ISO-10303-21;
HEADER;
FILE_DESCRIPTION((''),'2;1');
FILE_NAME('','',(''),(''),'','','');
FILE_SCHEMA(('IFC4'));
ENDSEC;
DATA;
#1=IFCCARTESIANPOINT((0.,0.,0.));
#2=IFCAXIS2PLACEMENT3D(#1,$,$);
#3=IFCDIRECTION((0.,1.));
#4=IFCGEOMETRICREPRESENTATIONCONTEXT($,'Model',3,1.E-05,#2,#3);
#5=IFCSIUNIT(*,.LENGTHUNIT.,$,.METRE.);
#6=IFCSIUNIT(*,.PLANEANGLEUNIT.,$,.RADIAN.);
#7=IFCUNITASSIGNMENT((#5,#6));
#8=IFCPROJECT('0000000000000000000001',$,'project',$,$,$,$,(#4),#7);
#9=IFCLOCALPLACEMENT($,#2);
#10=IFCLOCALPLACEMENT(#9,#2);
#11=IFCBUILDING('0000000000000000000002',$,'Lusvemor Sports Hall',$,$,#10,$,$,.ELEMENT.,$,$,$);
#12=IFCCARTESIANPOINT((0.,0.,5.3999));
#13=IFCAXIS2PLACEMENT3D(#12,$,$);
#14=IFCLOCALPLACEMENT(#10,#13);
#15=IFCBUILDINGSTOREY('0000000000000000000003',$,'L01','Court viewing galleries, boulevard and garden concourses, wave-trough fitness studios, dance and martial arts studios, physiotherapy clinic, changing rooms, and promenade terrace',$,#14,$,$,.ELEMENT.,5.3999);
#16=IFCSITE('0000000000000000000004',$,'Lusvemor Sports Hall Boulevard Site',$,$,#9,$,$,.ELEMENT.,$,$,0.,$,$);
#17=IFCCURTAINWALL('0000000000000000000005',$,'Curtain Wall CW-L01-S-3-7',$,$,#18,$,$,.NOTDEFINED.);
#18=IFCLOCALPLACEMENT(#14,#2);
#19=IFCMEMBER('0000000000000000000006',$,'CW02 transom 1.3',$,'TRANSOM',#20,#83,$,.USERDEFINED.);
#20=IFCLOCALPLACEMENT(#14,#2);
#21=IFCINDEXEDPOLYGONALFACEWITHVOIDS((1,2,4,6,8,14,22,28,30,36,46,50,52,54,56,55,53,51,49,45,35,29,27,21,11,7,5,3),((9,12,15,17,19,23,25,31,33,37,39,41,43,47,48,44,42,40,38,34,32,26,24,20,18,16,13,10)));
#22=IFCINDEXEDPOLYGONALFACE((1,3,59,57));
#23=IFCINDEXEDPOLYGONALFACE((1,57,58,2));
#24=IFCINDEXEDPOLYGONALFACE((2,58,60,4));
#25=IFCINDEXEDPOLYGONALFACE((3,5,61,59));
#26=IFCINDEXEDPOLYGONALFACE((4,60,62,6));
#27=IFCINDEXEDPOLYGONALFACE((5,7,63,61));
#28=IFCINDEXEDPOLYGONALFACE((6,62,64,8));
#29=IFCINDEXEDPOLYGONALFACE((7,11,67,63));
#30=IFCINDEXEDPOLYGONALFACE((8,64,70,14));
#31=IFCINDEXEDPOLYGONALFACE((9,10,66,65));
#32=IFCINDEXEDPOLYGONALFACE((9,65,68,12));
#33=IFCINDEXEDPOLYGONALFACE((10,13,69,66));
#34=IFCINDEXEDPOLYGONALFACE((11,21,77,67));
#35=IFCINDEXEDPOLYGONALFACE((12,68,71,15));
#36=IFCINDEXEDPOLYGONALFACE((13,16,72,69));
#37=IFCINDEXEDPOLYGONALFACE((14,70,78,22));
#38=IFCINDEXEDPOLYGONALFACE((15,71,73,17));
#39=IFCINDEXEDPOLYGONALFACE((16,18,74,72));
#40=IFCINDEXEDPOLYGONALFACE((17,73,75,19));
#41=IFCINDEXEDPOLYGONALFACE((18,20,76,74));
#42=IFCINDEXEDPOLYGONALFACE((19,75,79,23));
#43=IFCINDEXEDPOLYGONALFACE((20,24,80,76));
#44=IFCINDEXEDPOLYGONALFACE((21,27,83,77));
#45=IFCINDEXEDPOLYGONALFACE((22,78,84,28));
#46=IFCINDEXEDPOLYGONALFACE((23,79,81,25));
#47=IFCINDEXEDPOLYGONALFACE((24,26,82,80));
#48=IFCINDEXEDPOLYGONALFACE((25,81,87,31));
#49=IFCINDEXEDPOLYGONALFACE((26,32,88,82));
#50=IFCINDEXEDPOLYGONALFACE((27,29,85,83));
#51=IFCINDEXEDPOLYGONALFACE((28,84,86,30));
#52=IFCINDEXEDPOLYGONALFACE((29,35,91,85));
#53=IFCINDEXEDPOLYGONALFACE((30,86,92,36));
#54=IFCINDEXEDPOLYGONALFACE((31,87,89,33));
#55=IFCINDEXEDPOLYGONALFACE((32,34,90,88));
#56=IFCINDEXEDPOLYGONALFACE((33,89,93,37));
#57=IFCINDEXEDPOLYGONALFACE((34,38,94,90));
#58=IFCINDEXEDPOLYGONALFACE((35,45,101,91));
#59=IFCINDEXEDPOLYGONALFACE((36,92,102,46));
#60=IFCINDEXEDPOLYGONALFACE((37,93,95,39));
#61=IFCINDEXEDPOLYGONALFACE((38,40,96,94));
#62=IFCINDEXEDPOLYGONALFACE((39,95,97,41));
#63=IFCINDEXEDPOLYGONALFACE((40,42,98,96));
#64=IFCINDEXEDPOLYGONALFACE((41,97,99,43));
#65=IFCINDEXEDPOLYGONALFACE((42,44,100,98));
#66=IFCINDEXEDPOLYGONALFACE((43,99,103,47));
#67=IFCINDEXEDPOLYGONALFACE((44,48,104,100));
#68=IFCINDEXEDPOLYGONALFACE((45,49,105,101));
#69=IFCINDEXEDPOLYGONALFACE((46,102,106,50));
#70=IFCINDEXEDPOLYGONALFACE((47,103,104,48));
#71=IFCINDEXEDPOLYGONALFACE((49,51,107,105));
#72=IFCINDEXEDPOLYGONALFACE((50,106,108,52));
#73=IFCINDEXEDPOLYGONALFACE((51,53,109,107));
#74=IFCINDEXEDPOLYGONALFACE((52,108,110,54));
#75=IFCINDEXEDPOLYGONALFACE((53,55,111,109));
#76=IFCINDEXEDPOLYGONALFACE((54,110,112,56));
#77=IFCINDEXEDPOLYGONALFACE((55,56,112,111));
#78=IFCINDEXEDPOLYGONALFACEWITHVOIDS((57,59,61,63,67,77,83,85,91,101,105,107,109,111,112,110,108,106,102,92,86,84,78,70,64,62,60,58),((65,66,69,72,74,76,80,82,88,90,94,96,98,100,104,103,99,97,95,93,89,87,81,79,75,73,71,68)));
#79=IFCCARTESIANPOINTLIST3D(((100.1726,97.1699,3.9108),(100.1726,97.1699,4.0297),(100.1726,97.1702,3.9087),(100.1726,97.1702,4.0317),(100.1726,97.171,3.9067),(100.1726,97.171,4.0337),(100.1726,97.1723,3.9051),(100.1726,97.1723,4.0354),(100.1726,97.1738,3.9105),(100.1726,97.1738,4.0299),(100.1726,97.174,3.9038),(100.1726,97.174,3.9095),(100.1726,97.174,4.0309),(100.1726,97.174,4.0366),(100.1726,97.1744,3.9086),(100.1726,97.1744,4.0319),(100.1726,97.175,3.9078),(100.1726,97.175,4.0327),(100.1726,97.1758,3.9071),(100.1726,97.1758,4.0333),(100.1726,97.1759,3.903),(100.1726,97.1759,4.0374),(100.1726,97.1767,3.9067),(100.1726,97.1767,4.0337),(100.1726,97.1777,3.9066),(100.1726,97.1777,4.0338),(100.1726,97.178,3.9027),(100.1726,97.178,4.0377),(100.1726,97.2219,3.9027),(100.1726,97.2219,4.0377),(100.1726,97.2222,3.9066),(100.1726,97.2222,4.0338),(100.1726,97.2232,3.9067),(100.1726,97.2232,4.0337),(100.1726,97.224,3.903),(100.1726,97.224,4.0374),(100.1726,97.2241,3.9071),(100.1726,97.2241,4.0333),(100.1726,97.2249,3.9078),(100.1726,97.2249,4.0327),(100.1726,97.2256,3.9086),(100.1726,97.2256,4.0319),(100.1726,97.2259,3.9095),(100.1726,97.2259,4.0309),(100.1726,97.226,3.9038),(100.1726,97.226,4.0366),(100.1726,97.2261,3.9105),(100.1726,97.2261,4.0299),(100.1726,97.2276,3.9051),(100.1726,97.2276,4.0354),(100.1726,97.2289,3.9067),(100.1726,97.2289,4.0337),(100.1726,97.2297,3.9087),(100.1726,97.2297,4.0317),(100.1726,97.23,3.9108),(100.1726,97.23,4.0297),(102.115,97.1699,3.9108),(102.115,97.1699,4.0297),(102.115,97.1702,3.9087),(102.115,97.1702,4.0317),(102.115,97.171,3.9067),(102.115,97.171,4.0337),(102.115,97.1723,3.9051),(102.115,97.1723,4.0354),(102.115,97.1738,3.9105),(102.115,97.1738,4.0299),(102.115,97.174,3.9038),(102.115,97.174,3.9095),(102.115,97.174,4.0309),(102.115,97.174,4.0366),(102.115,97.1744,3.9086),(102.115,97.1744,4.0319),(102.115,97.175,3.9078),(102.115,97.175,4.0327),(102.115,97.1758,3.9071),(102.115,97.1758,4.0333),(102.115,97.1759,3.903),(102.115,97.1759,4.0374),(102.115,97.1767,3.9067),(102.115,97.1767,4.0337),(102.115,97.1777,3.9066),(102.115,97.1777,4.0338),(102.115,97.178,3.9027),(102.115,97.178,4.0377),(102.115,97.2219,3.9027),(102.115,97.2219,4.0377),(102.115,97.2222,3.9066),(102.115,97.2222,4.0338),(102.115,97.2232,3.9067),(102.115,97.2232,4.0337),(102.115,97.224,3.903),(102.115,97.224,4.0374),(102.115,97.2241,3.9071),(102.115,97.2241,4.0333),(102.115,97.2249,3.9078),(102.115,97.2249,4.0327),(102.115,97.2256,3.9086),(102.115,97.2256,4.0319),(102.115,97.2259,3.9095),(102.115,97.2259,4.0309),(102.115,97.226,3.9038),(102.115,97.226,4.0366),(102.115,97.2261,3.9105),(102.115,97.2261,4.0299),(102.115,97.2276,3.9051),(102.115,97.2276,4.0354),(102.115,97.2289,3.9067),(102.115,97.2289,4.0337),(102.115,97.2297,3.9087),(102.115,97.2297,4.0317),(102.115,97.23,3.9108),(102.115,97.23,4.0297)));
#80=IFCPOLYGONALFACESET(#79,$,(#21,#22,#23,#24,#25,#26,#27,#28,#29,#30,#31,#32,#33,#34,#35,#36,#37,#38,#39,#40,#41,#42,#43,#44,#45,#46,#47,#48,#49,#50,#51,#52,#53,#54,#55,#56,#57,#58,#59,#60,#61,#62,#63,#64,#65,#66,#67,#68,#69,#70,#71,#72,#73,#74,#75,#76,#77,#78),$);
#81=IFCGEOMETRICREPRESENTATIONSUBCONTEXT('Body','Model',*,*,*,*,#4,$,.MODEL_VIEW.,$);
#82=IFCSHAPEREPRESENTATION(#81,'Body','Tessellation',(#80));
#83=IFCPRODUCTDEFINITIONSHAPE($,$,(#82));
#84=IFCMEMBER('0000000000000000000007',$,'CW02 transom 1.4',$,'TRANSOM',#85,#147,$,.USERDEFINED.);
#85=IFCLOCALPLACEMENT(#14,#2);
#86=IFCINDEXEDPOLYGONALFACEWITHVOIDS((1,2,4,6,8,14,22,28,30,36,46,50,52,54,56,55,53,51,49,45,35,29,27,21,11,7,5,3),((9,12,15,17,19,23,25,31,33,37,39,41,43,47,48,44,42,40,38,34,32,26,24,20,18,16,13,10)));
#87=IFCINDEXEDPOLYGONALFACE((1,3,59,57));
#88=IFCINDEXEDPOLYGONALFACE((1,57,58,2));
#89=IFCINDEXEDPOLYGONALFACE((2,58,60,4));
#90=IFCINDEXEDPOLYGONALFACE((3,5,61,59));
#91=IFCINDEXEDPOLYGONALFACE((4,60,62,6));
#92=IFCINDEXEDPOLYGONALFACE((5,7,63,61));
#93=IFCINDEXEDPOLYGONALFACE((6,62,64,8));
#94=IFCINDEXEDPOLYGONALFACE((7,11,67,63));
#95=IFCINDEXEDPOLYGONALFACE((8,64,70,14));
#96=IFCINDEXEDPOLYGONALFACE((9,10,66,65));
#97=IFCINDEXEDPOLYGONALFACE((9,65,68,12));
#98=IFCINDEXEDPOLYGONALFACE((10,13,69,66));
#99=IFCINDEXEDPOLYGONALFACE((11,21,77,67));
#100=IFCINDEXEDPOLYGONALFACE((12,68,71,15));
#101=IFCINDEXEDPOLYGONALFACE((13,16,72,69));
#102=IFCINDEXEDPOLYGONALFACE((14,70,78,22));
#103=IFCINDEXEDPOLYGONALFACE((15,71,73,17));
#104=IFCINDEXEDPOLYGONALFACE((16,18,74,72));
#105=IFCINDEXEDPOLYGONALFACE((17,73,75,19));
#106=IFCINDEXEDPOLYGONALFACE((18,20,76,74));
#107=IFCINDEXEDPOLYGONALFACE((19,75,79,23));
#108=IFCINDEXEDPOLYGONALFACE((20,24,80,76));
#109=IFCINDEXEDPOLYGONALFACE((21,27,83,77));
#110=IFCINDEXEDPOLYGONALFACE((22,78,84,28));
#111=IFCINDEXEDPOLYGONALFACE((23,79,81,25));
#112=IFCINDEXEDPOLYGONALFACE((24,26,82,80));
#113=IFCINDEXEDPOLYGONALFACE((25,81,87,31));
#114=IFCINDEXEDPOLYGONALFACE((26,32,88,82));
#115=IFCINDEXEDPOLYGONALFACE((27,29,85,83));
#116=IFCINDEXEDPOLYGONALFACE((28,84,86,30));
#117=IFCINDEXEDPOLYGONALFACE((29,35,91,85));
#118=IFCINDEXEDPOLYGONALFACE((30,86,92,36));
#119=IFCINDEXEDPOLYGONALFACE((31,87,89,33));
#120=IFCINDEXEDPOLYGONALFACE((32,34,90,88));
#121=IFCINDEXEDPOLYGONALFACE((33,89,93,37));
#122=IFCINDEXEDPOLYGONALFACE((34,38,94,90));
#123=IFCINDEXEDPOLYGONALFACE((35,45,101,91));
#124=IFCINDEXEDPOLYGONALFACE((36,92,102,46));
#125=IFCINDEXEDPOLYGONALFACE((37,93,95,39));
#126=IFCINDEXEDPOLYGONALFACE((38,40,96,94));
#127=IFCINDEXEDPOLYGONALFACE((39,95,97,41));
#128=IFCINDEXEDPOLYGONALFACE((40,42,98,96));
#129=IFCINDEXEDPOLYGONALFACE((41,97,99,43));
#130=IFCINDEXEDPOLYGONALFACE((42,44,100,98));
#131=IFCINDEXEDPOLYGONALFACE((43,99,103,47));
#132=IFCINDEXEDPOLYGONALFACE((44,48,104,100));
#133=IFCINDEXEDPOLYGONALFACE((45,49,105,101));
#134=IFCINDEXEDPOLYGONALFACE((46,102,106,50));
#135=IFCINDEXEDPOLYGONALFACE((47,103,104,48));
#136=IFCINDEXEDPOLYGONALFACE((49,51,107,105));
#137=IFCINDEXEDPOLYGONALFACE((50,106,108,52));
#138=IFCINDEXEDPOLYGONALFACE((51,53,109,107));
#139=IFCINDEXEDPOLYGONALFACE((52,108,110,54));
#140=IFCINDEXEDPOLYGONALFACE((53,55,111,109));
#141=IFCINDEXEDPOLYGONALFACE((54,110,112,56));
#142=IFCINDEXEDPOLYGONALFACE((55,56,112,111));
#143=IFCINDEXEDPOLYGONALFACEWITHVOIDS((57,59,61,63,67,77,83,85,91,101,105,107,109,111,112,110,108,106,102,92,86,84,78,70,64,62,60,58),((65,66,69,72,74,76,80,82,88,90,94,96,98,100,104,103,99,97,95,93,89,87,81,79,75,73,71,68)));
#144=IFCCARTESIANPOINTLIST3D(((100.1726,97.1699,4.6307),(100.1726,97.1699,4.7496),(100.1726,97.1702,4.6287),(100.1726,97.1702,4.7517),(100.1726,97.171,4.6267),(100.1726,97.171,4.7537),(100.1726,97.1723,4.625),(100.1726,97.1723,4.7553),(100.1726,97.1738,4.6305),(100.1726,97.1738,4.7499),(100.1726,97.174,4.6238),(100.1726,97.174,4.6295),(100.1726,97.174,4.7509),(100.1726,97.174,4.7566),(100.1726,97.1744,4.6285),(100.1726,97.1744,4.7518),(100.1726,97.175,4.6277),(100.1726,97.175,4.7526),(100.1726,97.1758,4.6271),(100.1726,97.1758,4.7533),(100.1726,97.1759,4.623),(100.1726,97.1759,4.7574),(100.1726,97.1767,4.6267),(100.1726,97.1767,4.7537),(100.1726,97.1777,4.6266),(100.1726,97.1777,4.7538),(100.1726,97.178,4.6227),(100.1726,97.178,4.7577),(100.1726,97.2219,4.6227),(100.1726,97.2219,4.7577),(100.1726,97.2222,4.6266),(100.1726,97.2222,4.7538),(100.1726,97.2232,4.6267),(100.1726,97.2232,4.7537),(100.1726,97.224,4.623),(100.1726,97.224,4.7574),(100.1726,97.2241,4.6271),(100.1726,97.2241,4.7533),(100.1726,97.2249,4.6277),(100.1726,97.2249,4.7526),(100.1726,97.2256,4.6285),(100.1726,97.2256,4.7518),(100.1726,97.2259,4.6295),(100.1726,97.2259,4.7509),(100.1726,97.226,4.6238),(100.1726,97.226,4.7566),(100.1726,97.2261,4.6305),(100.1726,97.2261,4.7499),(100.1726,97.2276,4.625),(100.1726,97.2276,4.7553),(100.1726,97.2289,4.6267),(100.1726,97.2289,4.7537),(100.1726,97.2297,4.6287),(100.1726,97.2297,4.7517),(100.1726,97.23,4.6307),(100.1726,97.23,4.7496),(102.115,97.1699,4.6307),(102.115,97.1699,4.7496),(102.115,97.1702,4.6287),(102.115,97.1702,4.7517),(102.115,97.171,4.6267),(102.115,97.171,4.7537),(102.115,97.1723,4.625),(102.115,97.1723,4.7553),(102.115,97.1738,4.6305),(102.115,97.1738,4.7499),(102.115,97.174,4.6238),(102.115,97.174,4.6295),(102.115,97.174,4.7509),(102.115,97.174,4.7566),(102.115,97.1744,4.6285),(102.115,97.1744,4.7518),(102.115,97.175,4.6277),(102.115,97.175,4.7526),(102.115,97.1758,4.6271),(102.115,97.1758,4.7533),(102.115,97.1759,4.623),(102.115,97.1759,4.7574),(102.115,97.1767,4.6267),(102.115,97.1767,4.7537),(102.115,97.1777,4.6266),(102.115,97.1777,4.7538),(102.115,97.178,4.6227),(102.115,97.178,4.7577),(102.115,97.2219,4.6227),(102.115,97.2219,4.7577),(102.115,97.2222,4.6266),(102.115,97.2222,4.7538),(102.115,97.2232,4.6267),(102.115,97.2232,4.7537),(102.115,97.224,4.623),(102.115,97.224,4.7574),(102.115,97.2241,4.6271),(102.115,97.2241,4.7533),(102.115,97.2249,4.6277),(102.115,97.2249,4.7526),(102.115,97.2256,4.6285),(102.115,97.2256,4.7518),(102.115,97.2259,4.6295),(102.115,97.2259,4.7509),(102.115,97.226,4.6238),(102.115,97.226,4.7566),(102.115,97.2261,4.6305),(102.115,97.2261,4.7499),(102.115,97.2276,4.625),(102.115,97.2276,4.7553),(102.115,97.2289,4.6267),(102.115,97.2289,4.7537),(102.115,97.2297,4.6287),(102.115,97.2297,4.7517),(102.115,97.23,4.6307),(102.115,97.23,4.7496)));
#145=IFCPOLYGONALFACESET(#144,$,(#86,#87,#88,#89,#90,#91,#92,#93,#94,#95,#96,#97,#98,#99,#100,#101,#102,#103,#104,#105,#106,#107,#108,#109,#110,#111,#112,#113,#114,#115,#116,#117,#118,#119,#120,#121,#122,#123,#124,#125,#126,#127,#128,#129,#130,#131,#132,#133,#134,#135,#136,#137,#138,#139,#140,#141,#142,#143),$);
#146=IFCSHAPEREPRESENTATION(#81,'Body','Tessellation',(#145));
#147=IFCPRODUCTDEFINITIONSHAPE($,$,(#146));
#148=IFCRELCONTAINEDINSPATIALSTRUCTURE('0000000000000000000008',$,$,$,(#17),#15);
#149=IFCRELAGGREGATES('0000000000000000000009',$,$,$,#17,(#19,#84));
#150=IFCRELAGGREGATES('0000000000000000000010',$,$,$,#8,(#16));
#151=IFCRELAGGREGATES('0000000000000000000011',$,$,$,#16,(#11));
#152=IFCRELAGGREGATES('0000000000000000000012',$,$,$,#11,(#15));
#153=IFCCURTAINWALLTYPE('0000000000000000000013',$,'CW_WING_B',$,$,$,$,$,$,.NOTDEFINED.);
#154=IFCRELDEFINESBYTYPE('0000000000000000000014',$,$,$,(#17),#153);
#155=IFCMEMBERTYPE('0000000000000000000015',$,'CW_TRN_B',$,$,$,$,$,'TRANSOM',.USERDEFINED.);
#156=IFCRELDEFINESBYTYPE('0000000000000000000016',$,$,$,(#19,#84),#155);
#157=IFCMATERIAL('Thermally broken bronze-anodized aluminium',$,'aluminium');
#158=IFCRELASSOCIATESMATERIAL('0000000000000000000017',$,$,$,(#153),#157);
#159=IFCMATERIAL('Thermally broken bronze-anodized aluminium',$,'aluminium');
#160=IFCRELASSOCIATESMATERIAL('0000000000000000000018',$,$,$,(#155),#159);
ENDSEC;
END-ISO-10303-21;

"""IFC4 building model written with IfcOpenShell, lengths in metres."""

from ifc_helpers import new_model, si_unit, direction, frame, origin, origin_2d, place, context, subcontext, project, spatial, hollow_rectangle, extrude, material, material_profile, profile_set, type_object, element, aggregate, save


model = new_model("IFC4")

# Units and contexts
model_context = context("Model", 3, precision=1e-05, world=origin(), true_north=direction((0.0, 1.0)))
body_context = subcontext(model_context, "Body", "Model", "MODEL_VIEW")
ifc_project = project(units=[si_unit("LENGTHUNIT", "METRE"), si_unit("PLANEANGLEUNIT", "RADIAN")], contexts=[model_context])

# Site, building, storey
site_placement = place(None, origin())
site = spatial("IfcSite", under=ifc_project, at=site_placement, Name="Lusvemor Sports Hall Boulevard Site", CompositionType="ELEMENT", RefElevation=0.0)
building_placement = place(site_placement, origin())
building = spatial("IfcBuilding", under=site, at=building_placement, Name="Lusvemor Sports Hall", CompositionType="ELEMENT")
storey_placement = place(building_placement, frame((0.0, 0.0, 5.3999)))
storey = spatial("IfcBuildingStorey", under=building, at=storey_placement, Name="L01", Description="Court viewing galleries, boulevard and garden concourses, wave-trough fitness studios, dance and martial arts studios, physiotherapy clinic, changing rooms, and promenade terrace", CompositionType="ELEMENT", Elevation=5.3999)

# Curtain wall, members
ifc_material_1 = material(Name="Thermally broken bronze-anodized aluminium", Category="aluminium")
curtain_wall_type = type_object("IfcCurtainWallType", Name="CW_WING_B", PredefinedType="NOTDEFINED", material=ifc_material_1)
curtain_wall_placement = place(storey_placement, origin())
curtain_wall = element("IfcCurtainWall", 1, at=curtain_wall_placement, inside=storey, type_object=curtain_wall_type, Name="Curtain Wall CW-L01-S-3-7", PredefinedType="NOTDEFINED")
ifc_material_2 = material(Name="Thermally broken bronze-anodized aluminium", Category="aluminium")
ifc_material_profile_1 = material_profile(ifc_material_2, hollow_rectangle(XDim=0.0601, YDim=0.135, WallThickness=0.0039, InnerFilletRadius=0.0039, OuterFilletRadius=0.0081, at=origin_2d()), Name="CWTRN135x60x4")
ifc_profile_set_1 = profile_set([ifc_material_profile_1], Name="Thermally broken bronze-anodized aluminium")
member_type_1 = type_object("IfcMemberType", Name="CW_TRN_B", ElementType="TRANSOM", PredefinedType="USERDEFINED", material=ifc_profile_set_1)
member_1_placement = place(storey_placement, frame((102.115, 97.2, 3.9702), z_axis=(-1.0, 0.0, 0.0), x_axis=(0.0, -1.0, 0.0)))
member_1 = element("IfcMember", 2, at=member_1_placement, type_object=member_type_1, Name="CW02 transom 1.3", ObjectType="TRANSOM", PredefinedType="USERDEFINED", context=body_context, shape_type="SweptSolid", body=[
    extrude(hollow_rectangle(XDim=0.0601, YDim=0.135, WallThickness=0.0039, InnerFilletRadius=0.0039, OuterFilletRadius=0.0081, at=origin_2d()), origin(), (0.0, 0.0, 1.0), 1.9424),
])
member_2_placement = place(storey_placement, frame((102.115, 97.2, 4.6902), z_axis=(-1.0, 0.0, 0.0), x_axis=(0.0, -1.0, 0.0)))
member_2 = element("IfcMember", 3, at=member_2_placement, type_object=member_type_1, Name="CW02 transom 1.4", ObjectType="TRANSOM", PredefinedType="USERDEFINED", context=body_context, shape_type="SweptSolid", body=[
    extrude(hollow_rectangle(XDim=0.0601, YDim=0.135, WallThickness=0.0039, InnerFilletRadius=0.0039, OuterFilletRadius=0.0081, at=origin_2d()), origin(), (0.0, 0.0, 1.0), 1.9424),
])

aggregate(curtain_wall, [member_1, member_2])

save(model, "model.ifc")
